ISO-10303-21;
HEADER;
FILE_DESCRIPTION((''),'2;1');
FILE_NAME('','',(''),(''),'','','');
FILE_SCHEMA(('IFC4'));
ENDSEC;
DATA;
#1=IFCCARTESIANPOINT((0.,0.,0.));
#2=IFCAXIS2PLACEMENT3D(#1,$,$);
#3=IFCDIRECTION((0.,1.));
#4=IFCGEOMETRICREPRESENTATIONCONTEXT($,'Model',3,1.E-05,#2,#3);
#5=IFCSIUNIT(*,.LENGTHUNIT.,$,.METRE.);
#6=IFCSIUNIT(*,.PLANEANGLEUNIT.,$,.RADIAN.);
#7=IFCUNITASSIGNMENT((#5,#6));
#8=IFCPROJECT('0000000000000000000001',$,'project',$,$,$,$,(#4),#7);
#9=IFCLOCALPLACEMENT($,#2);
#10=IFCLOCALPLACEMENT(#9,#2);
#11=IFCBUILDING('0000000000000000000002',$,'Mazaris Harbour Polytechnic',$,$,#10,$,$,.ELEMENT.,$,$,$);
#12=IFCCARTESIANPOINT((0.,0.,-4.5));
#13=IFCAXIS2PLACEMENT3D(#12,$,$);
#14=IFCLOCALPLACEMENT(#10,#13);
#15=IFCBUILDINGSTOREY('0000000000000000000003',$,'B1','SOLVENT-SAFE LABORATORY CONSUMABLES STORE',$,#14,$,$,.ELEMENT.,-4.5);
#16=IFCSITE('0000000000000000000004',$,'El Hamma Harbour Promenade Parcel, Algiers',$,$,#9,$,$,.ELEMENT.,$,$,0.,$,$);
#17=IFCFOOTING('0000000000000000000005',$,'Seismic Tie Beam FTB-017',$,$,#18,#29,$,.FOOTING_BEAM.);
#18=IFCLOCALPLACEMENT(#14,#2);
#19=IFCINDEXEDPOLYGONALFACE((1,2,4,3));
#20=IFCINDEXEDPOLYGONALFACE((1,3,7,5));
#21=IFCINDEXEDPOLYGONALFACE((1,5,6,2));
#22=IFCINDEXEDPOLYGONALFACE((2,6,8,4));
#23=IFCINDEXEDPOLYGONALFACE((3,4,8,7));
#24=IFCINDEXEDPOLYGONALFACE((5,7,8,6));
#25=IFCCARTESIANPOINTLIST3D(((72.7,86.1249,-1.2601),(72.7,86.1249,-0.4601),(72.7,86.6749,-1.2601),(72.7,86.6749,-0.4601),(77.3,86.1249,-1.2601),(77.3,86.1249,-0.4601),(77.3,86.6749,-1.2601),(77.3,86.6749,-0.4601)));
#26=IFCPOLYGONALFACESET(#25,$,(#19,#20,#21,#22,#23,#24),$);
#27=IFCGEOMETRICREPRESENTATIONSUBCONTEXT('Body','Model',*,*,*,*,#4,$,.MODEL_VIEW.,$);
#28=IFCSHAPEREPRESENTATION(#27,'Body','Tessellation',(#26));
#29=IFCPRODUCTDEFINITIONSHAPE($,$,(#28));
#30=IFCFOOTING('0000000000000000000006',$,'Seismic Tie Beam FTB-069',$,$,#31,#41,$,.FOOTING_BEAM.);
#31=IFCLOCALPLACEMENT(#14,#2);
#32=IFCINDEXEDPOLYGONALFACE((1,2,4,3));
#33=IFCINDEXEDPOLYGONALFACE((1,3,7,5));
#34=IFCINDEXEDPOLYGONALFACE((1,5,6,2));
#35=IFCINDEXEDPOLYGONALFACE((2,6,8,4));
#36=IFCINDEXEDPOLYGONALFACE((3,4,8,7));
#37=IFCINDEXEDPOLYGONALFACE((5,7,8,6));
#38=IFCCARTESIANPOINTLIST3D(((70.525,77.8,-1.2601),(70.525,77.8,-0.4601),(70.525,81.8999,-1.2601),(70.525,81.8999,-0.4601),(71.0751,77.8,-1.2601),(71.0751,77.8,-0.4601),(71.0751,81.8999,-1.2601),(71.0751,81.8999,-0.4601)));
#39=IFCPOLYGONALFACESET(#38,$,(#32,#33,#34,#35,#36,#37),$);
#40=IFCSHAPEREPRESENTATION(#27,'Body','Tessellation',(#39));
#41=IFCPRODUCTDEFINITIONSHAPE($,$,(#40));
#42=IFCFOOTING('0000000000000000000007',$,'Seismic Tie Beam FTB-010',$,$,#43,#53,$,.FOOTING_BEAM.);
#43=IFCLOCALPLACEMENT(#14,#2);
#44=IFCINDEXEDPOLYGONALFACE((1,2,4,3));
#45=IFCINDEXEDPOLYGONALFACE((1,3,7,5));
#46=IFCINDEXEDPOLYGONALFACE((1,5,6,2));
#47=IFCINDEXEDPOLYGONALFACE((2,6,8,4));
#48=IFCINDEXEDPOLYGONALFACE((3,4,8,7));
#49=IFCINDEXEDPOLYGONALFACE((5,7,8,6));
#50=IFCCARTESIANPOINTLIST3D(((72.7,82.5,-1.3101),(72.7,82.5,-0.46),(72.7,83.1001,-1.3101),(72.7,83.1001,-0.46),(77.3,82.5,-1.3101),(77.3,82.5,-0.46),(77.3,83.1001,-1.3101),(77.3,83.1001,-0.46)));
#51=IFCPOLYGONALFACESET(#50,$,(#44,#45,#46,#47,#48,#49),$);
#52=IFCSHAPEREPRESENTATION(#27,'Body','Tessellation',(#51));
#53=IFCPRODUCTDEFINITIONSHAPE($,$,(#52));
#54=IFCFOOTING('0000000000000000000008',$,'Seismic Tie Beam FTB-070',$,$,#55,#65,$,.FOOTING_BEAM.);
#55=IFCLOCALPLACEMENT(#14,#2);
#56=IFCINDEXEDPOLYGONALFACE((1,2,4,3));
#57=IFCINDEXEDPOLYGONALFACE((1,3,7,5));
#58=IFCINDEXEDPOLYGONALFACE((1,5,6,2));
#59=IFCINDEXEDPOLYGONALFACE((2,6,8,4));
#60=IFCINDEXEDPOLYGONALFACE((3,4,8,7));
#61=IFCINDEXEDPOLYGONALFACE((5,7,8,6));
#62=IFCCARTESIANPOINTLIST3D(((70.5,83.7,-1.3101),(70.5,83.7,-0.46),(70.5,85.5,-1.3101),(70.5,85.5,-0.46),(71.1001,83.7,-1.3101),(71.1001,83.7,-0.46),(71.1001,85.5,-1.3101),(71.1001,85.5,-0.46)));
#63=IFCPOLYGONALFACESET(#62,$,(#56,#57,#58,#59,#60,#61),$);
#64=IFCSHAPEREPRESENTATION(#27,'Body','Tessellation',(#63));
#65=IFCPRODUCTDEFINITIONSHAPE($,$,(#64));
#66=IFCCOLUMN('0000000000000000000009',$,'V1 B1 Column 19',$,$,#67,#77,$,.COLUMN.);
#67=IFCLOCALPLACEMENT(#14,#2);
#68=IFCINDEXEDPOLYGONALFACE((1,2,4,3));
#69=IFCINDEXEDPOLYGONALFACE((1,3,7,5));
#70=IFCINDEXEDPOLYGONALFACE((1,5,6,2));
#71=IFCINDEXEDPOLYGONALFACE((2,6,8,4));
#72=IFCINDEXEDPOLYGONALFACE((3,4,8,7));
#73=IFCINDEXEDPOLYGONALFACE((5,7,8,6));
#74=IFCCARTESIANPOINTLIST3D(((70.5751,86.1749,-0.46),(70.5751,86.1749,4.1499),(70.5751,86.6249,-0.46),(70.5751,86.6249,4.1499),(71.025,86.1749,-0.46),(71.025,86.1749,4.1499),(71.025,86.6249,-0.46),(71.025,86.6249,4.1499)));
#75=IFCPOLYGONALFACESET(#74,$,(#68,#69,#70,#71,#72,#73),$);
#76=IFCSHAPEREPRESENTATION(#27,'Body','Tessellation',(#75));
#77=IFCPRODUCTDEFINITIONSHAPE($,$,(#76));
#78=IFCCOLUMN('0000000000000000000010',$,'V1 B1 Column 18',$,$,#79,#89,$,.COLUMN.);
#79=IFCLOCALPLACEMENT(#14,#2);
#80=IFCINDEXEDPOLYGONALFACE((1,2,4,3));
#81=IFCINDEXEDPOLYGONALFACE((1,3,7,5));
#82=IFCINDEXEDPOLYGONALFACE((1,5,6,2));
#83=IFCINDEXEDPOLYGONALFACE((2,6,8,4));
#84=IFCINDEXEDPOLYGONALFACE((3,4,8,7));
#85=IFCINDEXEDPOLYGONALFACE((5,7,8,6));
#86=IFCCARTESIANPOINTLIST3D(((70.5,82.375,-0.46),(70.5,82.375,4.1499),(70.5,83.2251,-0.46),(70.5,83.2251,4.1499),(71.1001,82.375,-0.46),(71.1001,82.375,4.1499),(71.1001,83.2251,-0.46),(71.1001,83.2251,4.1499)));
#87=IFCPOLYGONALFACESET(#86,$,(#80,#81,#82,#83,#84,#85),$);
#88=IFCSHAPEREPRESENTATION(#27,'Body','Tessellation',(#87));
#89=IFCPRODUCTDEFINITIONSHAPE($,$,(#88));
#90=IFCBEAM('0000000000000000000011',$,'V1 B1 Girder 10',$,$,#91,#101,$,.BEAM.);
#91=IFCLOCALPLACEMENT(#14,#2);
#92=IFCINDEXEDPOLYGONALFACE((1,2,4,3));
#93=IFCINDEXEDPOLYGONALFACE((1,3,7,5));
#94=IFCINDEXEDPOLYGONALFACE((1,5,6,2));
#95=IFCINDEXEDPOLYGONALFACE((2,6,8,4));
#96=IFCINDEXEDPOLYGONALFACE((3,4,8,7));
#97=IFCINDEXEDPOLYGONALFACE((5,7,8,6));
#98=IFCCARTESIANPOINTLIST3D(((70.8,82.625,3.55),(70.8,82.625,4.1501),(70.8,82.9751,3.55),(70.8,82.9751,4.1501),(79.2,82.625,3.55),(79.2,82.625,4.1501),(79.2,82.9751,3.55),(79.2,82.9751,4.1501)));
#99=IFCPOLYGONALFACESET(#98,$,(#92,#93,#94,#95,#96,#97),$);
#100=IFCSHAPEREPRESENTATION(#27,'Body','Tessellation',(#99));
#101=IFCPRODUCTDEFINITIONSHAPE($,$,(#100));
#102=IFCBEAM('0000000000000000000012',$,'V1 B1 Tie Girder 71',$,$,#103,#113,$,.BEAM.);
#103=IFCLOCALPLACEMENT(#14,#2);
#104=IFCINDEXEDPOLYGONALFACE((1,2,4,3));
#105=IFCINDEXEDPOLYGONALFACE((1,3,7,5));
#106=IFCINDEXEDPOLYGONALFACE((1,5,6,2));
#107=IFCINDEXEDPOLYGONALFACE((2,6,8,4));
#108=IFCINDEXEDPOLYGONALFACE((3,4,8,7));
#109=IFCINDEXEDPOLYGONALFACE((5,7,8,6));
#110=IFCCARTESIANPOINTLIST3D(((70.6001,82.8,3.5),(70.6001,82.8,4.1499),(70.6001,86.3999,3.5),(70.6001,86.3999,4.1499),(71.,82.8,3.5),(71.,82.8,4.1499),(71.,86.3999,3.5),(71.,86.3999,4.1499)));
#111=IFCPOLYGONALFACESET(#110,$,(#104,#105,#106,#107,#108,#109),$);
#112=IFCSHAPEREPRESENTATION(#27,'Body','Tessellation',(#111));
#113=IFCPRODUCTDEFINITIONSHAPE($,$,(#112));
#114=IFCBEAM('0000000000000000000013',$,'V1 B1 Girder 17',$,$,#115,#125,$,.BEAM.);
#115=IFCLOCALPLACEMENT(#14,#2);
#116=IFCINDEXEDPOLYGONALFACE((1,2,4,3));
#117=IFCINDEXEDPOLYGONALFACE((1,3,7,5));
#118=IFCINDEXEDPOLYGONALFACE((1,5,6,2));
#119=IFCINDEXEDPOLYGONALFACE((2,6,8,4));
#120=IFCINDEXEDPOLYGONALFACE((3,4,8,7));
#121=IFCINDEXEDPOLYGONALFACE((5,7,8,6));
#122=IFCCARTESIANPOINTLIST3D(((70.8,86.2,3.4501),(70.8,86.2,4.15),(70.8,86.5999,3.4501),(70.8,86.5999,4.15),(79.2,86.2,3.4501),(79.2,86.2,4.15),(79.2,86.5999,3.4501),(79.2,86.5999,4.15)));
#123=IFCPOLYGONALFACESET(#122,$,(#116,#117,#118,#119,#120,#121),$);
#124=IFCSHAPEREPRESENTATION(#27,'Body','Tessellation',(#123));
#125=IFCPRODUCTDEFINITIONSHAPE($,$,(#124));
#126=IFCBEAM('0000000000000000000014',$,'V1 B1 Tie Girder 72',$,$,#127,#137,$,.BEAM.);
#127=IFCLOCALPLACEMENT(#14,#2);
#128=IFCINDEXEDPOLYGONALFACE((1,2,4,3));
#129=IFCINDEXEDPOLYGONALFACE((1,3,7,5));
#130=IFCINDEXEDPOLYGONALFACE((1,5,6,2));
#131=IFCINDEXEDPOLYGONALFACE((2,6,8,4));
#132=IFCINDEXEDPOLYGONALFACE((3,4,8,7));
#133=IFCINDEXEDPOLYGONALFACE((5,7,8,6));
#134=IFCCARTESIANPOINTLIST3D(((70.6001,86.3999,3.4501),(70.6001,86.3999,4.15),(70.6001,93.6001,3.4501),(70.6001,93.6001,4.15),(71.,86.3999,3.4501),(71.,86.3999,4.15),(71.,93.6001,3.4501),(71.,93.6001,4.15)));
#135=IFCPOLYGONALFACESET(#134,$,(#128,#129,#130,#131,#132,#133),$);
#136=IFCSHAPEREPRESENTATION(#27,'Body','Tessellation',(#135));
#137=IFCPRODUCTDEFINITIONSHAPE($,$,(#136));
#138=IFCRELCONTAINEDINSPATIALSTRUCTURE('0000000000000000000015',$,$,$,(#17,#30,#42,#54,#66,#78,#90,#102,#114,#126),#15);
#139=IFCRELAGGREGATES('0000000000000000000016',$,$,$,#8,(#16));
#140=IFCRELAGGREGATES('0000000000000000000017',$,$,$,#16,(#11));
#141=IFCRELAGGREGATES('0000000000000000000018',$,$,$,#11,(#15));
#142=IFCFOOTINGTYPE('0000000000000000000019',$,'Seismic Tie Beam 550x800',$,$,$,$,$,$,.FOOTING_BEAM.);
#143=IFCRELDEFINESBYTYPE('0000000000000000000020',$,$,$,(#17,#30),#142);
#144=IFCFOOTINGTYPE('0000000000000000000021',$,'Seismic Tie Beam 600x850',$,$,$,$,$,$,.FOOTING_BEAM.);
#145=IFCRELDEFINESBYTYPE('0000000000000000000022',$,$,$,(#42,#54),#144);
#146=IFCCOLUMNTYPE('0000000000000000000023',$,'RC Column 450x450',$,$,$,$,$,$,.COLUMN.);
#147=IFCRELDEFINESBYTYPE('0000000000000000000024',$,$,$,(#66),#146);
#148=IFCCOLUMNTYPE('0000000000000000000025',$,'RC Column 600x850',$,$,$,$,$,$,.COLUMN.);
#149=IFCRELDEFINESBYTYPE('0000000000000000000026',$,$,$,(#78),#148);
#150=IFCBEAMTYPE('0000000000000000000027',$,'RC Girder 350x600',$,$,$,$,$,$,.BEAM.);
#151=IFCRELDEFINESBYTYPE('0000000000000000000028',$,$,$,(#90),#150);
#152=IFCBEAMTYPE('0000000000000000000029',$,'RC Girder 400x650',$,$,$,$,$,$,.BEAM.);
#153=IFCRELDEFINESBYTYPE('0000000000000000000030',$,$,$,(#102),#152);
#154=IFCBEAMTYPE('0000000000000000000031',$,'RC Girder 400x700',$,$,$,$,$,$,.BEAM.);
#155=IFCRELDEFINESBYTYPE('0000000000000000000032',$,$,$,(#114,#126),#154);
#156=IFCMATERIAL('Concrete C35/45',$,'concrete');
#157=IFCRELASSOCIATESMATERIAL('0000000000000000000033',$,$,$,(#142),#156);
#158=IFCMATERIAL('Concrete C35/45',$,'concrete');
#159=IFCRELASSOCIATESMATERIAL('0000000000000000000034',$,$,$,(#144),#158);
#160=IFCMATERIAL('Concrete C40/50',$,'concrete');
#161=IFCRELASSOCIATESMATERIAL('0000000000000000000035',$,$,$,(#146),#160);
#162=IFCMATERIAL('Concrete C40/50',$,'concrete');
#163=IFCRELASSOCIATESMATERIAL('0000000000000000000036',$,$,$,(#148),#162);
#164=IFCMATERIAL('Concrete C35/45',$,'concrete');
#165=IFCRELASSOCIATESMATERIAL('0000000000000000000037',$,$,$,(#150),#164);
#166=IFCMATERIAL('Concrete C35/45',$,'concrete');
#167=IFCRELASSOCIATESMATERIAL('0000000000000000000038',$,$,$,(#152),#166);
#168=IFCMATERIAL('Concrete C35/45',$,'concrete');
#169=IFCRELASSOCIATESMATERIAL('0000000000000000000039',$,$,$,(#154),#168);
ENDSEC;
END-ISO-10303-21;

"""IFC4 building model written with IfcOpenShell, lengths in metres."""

from ifc_helpers import new_model, si_unit, direction, frame, origin, origin_2d, place, context, subcontext, project, spatial, rectangle, extrude, material, material_profile, profile_set, type_object, element, save


model = new_model("IFC4")

# Units and contexts
model_context = context("Model", 3, precision=1e-05, world=origin(), true_north=direction((0.0, 1.0)))
body_context = subcontext(model_context, "Body", "Model", "MODEL_VIEW")
ifc_project = project(units=[si_unit("LENGTHUNIT", "METRE"), si_unit("PLANEANGLEUNIT", "RADIAN")], contexts=[model_context])

# Site, building, storey
site_placement = place(None, origin())
site = spatial("IfcSite", under=ifc_project, at=site_placement, Name="El Hamma Harbour Promenade Parcel, Algiers", CompositionType="ELEMENT", RefElevation=0.0)
building_placement = place(site_placement, origin())
building = spatial("IfcBuilding", under=site, at=building_placement, Name="Mazaris Harbour Polytechnic", CompositionType="ELEMENT")
storey_placement = place(building_placement, frame((0.0, 0.0, -4.5)))
storey = spatial("IfcBuildingStorey", under=building, at=storey_placement, Name="B1", Description="SOLVENT-SAFE LABORATORY CONSUMABLES STORE", CompositionType="ELEMENT", Elevation=-4.5)

# Footings
ifc_material_1 = material(Name="Concrete C35/45", Category="concrete")
ifc_material_profile_1 = material_profile(ifc_material_1, rectangle(XDim=0.55, YDim=0.8, at=origin_2d()), Name="RECT550x800")
ifc_profile_set_1 = profile_set([ifc_material_profile_1], Name="Concrete C35/45")
footing_type_1 = type_object("IfcFootingType", Name="Seismic Tie Beam 550x800", PredefinedType="FOOTING_BEAM", material=ifc_profile_set_1)
footing_1_placement = place(storey_placement, frame((72.7, 86.3999, -0.8601), z_axis=(1.0, 0.0, 0.0), x_axis=(0.0, 1.0, 0.0)))
element("IfcFooting", 1, at=footing_1_placement, inside=storey, type_object=footing_type_1, Name="Seismic Tie Beam FTB-017", PredefinedType="FOOTING_BEAM", context=body_context, shape_type="SweptSolid", body=[
    extrude(rectangle(XDim=0.55, YDim=0.8, at=origin_2d()), origin(), (0.0, 0.0, 1.0), 4.6001),
])
footing_2_placement = place(storey_placement, frame((70.8, 77.8, -0.8601), z_axis=(0.0, 1.0, 0.0), x_axis=(-1.0, 0.0, 0.0)))
element("IfcFooting", 2, at=footing_2_placement, inside=storey, type_object=footing_type_1, Name="Seismic Tie Beam FTB-069", PredefinedType="FOOTING_BEAM", context=body_context, shape_type="SweptSolid", body=[
    extrude(rectangle(XDim=0.55, YDim=0.8, at=origin_2d()), origin(), (0.0, 0.0, 1.0), 4.0999),
])
ifc_material_2 = material(Name="Concrete C35/45", Category="concrete")
ifc_material_profile_2 = material_profile(ifc_material_2, rectangle(XDim=0.6001, YDim=0.8501, at=origin_2d()), Name="RECT600x850")
ifc_profile_set_2 = profile_set([ifc_material_profile_2], Name="Concrete C35/45")
footing_type_2 = type_object("IfcFootingType", Name="Seismic Tie Beam 600x850", PredefinedType="FOOTING_BEAM", material=ifc_profile_set_2)
footing_3_placement = place(storey_placement, frame((72.7, 82.8, -0.885), z_axis=(1.0, 0.0, 0.0), x_axis=(0.0, 1.0, 0.0)))
element("IfcFooting", 3, at=footing_3_placement, inside=storey, type_object=footing_type_2, Name="Seismic Tie Beam FTB-010", PredefinedType="FOOTING_BEAM", context=body_context, shape_type="SweptSolid", body=[
    extrude(rectangle(XDim=0.6001, YDim=0.8501, at=origin_2d()), origin(), (0.0, 0.0, 1.0), 4.6001),
])
footing_4_placement = place(storey_placement, frame((70.8, 83.7, -0.885), z_axis=(0.0, 1.0, 0.0), x_axis=(-1.0, 0.0, 0.0)))
element("IfcFooting", 4, at=footing_4_placement, inside=storey, type_object=footing_type_2, Name="Seismic Tie Beam FTB-070", PredefinedType="FOOTING_BEAM", context=body_context, shape_type="SweptSolid", body=[
    extrude(rectangle(XDim=0.6001, YDim=0.8501, at=origin_2d()), origin(), (0.0, 0.0, 1.0), 1.8),
])

# Columns
ifc_material_3 = material(Name="Concrete C40/50", Category="concrete")
ifc_material_profile_3 = material_profile(ifc_material_3, rectangle(XDim=0.45, YDim=0.45, at=origin_2d()), Name="RECT450x450")
ifc_profile_set_3 = profile_set([ifc_material_profile_3], Name="Concrete C40/50")
column_type_1 = type_object("IfcColumnType", Name="RC Column 450x450", PredefinedType="COLUMN", material=ifc_profile_set_3)
column_1_placement = place(storey_placement, frame((70.8, 86.3999, -0.46), z_axis=(0.0, 0.0, 1.0), x_axis=(1.0, 0.0, 0.0)))
element("IfcColumn", 5, at=column_1_placement, inside=storey, type_object=column_type_1, Name="V1 B1 Column 19", PredefinedType="COLUMN", context=body_context, shape_type="SweptSolid", body=[
    extrude(rectangle(XDim=0.45, YDim=0.45, at=origin_2d()), origin(), (0.0, 0.0, 1.0), 4.6099),
])
ifc_material_4 = material(Name="Concrete C40/50", Category="concrete")
ifc_material_profile_4 = material_profile(ifc_material_4, rectangle(XDim=0.6001, YDim=0.8501, at=origin_2d()), Name="RECT600x850")
ifc_profile_set_4 = profile_set([ifc_material_profile_4], Name="Concrete C40/50")
column_type_2 = type_object("IfcColumnType", Name="RC Column 600x850", PredefinedType="COLUMN", material=ifc_profile_set_4)
column_2_placement = place(storey_placement, frame((70.8, 82.8, -0.46), z_axis=(0.0, 0.0, 1.0), x_axis=(1.0, 0.0, 0.0)))
element("IfcColumn", 6, at=column_2_placement, inside=storey, type_object=column_type_2, Name="V1 B1 Column 18", PredefinedType="COLUMN", context=body_context, shape_type="SweptSolid", body=[
    extrude(rectangle(XDim=0.6001, YDim=0.8501, at=origin_2d()), origin(), (0.0, 0.0, 1.0), 4.6099),
])

# Beams
ifc_material_5 = material(Name="Concrete C35/45", Category="concrete")
ifc_material_profile_5 = material_profile(ifc_material_5, rectangle(XDim=0.3501, YDim=0.6001, at=origin_2d()), Name="RECT350x600")
ifc_profile_set_5 = profile_set([ifc_material_profile_5], Name="Concrete C35/45")
beam_type_1 = type_object("IfcBeamType", Name="RC Girder 350x600", PredefinedType="BEAM", material=ifc_profile_set_5)
beam_1_placement = place(storey_placement, frame((70.8, 82.8, 3.8501), z_axis=(1.0, 0.0, 0.0), x_axis=(0.0, 1.0, 0.0)))
element("IfcBeam", 7, at=beam_1_placement, inside=storey, type_object=beam_type_1, Name="V1 B1 Girder 10", PredefinedType="BEAM", context=body_context, shape_type="SweptSolid", body=[
    extrude(rectangle(XDim=0.3501, YDim=0.6001, at=origin_2d()), origin(), (0.0, 0.0, 1.0), 8.3999),
])
ifc_material_6 = material(Name="Concrete C35/45", Category="concrete")
ifc_material_profile_6 = material_profile(ifc_material_6, rectangle(XDim=0.3999, YDim=0.6499, at=origin_2d()), Name="RECT400x650")
ifc_profile_set_6 = profile_set([ifc_material_profile_6], Name="Concrete C35/45")
beam_type_2 = type_object("IfcBeamType", Name="RC Girder 400x650", PredefinedType="BEAM", material=ifc_profile_set_6)
beam_2_placement = place(storey_placement, frame((70.8, 82.8, 3.825), z_axis=(0.0, 1.0, 0.0), x_axis=(-1.0, 0.0, 0.0)))
element("IfcBeam", 8, at=beam_2_placement, inside=storey, type_object=beam_type_2, Name="V1 B1 Tie Girder 71", PredefinedType="BEAM", context=body_context, shape_type="SweptSolid", body=[
    extrude(rectangle(XDim=0.3999, YDim=0.6499, at=origin_2d()), origin(), (0.0, 0.0, 1.0), 3.5999),
])
ifc_material_7 = material(Name="Concrete C35/45", Category="concrete")
ifc_material_profile_7 = material_profile(ifc_material_7, rectangle(XDim=0.3999, YDim=0.7, at=origin_2d()), Name="RECT400x700")
ifc_profile_set_7 = profile_set([ifc_material_profile_7], Name="Concrete C35/45")
beam_type_3 = type_object("IfcBeamType", Name="RC Girder 400x700", PredefinedType="BEAM", material=ifc_profile_set_7)
beam_3_placement = place(storey_placement, frame((70.8, 86.3999, 3.8), z_axis=(1.0, 0.0, 0.0), x_axis=(0.0, 1.0, 0.0)))
element("IfcBeam", 9, at=beam_3_placement, inside=storey, type_object=beam_type_3, Name="V1 B1 Girder 17", PredefinedType="BEAM", context=body_context, shape_type="SweptSolid", body=[
    extrude(rectangle(XDim=0.3999, YDim=0.7, at=origin_2d()), origin(), (0.0, 0.0, 1.0), 8.3999),
])
beam_4_placement = place(storey_placement, frame((70.8, 86.3999, 3.8), z_axis=(0.0, 1.0, 0.0), x_axis=(-1.0, 0.0, 0.0)))
element("IfcBeam", 10, at=beam_4_placement, inside=storey, type_object=beam_type_3, Name="V1 B1 Tie Girder 72", PredefinedType="BEAM", context=body_context, shape_type="SweptSolid", body=[
    extrude(rectangle(XDim=0.3999, YDim=0.7, at=origin_2d()), origin(), (0.0, 0.0, 1.0), 7.2002),
])

save(model, "model.ifc")
